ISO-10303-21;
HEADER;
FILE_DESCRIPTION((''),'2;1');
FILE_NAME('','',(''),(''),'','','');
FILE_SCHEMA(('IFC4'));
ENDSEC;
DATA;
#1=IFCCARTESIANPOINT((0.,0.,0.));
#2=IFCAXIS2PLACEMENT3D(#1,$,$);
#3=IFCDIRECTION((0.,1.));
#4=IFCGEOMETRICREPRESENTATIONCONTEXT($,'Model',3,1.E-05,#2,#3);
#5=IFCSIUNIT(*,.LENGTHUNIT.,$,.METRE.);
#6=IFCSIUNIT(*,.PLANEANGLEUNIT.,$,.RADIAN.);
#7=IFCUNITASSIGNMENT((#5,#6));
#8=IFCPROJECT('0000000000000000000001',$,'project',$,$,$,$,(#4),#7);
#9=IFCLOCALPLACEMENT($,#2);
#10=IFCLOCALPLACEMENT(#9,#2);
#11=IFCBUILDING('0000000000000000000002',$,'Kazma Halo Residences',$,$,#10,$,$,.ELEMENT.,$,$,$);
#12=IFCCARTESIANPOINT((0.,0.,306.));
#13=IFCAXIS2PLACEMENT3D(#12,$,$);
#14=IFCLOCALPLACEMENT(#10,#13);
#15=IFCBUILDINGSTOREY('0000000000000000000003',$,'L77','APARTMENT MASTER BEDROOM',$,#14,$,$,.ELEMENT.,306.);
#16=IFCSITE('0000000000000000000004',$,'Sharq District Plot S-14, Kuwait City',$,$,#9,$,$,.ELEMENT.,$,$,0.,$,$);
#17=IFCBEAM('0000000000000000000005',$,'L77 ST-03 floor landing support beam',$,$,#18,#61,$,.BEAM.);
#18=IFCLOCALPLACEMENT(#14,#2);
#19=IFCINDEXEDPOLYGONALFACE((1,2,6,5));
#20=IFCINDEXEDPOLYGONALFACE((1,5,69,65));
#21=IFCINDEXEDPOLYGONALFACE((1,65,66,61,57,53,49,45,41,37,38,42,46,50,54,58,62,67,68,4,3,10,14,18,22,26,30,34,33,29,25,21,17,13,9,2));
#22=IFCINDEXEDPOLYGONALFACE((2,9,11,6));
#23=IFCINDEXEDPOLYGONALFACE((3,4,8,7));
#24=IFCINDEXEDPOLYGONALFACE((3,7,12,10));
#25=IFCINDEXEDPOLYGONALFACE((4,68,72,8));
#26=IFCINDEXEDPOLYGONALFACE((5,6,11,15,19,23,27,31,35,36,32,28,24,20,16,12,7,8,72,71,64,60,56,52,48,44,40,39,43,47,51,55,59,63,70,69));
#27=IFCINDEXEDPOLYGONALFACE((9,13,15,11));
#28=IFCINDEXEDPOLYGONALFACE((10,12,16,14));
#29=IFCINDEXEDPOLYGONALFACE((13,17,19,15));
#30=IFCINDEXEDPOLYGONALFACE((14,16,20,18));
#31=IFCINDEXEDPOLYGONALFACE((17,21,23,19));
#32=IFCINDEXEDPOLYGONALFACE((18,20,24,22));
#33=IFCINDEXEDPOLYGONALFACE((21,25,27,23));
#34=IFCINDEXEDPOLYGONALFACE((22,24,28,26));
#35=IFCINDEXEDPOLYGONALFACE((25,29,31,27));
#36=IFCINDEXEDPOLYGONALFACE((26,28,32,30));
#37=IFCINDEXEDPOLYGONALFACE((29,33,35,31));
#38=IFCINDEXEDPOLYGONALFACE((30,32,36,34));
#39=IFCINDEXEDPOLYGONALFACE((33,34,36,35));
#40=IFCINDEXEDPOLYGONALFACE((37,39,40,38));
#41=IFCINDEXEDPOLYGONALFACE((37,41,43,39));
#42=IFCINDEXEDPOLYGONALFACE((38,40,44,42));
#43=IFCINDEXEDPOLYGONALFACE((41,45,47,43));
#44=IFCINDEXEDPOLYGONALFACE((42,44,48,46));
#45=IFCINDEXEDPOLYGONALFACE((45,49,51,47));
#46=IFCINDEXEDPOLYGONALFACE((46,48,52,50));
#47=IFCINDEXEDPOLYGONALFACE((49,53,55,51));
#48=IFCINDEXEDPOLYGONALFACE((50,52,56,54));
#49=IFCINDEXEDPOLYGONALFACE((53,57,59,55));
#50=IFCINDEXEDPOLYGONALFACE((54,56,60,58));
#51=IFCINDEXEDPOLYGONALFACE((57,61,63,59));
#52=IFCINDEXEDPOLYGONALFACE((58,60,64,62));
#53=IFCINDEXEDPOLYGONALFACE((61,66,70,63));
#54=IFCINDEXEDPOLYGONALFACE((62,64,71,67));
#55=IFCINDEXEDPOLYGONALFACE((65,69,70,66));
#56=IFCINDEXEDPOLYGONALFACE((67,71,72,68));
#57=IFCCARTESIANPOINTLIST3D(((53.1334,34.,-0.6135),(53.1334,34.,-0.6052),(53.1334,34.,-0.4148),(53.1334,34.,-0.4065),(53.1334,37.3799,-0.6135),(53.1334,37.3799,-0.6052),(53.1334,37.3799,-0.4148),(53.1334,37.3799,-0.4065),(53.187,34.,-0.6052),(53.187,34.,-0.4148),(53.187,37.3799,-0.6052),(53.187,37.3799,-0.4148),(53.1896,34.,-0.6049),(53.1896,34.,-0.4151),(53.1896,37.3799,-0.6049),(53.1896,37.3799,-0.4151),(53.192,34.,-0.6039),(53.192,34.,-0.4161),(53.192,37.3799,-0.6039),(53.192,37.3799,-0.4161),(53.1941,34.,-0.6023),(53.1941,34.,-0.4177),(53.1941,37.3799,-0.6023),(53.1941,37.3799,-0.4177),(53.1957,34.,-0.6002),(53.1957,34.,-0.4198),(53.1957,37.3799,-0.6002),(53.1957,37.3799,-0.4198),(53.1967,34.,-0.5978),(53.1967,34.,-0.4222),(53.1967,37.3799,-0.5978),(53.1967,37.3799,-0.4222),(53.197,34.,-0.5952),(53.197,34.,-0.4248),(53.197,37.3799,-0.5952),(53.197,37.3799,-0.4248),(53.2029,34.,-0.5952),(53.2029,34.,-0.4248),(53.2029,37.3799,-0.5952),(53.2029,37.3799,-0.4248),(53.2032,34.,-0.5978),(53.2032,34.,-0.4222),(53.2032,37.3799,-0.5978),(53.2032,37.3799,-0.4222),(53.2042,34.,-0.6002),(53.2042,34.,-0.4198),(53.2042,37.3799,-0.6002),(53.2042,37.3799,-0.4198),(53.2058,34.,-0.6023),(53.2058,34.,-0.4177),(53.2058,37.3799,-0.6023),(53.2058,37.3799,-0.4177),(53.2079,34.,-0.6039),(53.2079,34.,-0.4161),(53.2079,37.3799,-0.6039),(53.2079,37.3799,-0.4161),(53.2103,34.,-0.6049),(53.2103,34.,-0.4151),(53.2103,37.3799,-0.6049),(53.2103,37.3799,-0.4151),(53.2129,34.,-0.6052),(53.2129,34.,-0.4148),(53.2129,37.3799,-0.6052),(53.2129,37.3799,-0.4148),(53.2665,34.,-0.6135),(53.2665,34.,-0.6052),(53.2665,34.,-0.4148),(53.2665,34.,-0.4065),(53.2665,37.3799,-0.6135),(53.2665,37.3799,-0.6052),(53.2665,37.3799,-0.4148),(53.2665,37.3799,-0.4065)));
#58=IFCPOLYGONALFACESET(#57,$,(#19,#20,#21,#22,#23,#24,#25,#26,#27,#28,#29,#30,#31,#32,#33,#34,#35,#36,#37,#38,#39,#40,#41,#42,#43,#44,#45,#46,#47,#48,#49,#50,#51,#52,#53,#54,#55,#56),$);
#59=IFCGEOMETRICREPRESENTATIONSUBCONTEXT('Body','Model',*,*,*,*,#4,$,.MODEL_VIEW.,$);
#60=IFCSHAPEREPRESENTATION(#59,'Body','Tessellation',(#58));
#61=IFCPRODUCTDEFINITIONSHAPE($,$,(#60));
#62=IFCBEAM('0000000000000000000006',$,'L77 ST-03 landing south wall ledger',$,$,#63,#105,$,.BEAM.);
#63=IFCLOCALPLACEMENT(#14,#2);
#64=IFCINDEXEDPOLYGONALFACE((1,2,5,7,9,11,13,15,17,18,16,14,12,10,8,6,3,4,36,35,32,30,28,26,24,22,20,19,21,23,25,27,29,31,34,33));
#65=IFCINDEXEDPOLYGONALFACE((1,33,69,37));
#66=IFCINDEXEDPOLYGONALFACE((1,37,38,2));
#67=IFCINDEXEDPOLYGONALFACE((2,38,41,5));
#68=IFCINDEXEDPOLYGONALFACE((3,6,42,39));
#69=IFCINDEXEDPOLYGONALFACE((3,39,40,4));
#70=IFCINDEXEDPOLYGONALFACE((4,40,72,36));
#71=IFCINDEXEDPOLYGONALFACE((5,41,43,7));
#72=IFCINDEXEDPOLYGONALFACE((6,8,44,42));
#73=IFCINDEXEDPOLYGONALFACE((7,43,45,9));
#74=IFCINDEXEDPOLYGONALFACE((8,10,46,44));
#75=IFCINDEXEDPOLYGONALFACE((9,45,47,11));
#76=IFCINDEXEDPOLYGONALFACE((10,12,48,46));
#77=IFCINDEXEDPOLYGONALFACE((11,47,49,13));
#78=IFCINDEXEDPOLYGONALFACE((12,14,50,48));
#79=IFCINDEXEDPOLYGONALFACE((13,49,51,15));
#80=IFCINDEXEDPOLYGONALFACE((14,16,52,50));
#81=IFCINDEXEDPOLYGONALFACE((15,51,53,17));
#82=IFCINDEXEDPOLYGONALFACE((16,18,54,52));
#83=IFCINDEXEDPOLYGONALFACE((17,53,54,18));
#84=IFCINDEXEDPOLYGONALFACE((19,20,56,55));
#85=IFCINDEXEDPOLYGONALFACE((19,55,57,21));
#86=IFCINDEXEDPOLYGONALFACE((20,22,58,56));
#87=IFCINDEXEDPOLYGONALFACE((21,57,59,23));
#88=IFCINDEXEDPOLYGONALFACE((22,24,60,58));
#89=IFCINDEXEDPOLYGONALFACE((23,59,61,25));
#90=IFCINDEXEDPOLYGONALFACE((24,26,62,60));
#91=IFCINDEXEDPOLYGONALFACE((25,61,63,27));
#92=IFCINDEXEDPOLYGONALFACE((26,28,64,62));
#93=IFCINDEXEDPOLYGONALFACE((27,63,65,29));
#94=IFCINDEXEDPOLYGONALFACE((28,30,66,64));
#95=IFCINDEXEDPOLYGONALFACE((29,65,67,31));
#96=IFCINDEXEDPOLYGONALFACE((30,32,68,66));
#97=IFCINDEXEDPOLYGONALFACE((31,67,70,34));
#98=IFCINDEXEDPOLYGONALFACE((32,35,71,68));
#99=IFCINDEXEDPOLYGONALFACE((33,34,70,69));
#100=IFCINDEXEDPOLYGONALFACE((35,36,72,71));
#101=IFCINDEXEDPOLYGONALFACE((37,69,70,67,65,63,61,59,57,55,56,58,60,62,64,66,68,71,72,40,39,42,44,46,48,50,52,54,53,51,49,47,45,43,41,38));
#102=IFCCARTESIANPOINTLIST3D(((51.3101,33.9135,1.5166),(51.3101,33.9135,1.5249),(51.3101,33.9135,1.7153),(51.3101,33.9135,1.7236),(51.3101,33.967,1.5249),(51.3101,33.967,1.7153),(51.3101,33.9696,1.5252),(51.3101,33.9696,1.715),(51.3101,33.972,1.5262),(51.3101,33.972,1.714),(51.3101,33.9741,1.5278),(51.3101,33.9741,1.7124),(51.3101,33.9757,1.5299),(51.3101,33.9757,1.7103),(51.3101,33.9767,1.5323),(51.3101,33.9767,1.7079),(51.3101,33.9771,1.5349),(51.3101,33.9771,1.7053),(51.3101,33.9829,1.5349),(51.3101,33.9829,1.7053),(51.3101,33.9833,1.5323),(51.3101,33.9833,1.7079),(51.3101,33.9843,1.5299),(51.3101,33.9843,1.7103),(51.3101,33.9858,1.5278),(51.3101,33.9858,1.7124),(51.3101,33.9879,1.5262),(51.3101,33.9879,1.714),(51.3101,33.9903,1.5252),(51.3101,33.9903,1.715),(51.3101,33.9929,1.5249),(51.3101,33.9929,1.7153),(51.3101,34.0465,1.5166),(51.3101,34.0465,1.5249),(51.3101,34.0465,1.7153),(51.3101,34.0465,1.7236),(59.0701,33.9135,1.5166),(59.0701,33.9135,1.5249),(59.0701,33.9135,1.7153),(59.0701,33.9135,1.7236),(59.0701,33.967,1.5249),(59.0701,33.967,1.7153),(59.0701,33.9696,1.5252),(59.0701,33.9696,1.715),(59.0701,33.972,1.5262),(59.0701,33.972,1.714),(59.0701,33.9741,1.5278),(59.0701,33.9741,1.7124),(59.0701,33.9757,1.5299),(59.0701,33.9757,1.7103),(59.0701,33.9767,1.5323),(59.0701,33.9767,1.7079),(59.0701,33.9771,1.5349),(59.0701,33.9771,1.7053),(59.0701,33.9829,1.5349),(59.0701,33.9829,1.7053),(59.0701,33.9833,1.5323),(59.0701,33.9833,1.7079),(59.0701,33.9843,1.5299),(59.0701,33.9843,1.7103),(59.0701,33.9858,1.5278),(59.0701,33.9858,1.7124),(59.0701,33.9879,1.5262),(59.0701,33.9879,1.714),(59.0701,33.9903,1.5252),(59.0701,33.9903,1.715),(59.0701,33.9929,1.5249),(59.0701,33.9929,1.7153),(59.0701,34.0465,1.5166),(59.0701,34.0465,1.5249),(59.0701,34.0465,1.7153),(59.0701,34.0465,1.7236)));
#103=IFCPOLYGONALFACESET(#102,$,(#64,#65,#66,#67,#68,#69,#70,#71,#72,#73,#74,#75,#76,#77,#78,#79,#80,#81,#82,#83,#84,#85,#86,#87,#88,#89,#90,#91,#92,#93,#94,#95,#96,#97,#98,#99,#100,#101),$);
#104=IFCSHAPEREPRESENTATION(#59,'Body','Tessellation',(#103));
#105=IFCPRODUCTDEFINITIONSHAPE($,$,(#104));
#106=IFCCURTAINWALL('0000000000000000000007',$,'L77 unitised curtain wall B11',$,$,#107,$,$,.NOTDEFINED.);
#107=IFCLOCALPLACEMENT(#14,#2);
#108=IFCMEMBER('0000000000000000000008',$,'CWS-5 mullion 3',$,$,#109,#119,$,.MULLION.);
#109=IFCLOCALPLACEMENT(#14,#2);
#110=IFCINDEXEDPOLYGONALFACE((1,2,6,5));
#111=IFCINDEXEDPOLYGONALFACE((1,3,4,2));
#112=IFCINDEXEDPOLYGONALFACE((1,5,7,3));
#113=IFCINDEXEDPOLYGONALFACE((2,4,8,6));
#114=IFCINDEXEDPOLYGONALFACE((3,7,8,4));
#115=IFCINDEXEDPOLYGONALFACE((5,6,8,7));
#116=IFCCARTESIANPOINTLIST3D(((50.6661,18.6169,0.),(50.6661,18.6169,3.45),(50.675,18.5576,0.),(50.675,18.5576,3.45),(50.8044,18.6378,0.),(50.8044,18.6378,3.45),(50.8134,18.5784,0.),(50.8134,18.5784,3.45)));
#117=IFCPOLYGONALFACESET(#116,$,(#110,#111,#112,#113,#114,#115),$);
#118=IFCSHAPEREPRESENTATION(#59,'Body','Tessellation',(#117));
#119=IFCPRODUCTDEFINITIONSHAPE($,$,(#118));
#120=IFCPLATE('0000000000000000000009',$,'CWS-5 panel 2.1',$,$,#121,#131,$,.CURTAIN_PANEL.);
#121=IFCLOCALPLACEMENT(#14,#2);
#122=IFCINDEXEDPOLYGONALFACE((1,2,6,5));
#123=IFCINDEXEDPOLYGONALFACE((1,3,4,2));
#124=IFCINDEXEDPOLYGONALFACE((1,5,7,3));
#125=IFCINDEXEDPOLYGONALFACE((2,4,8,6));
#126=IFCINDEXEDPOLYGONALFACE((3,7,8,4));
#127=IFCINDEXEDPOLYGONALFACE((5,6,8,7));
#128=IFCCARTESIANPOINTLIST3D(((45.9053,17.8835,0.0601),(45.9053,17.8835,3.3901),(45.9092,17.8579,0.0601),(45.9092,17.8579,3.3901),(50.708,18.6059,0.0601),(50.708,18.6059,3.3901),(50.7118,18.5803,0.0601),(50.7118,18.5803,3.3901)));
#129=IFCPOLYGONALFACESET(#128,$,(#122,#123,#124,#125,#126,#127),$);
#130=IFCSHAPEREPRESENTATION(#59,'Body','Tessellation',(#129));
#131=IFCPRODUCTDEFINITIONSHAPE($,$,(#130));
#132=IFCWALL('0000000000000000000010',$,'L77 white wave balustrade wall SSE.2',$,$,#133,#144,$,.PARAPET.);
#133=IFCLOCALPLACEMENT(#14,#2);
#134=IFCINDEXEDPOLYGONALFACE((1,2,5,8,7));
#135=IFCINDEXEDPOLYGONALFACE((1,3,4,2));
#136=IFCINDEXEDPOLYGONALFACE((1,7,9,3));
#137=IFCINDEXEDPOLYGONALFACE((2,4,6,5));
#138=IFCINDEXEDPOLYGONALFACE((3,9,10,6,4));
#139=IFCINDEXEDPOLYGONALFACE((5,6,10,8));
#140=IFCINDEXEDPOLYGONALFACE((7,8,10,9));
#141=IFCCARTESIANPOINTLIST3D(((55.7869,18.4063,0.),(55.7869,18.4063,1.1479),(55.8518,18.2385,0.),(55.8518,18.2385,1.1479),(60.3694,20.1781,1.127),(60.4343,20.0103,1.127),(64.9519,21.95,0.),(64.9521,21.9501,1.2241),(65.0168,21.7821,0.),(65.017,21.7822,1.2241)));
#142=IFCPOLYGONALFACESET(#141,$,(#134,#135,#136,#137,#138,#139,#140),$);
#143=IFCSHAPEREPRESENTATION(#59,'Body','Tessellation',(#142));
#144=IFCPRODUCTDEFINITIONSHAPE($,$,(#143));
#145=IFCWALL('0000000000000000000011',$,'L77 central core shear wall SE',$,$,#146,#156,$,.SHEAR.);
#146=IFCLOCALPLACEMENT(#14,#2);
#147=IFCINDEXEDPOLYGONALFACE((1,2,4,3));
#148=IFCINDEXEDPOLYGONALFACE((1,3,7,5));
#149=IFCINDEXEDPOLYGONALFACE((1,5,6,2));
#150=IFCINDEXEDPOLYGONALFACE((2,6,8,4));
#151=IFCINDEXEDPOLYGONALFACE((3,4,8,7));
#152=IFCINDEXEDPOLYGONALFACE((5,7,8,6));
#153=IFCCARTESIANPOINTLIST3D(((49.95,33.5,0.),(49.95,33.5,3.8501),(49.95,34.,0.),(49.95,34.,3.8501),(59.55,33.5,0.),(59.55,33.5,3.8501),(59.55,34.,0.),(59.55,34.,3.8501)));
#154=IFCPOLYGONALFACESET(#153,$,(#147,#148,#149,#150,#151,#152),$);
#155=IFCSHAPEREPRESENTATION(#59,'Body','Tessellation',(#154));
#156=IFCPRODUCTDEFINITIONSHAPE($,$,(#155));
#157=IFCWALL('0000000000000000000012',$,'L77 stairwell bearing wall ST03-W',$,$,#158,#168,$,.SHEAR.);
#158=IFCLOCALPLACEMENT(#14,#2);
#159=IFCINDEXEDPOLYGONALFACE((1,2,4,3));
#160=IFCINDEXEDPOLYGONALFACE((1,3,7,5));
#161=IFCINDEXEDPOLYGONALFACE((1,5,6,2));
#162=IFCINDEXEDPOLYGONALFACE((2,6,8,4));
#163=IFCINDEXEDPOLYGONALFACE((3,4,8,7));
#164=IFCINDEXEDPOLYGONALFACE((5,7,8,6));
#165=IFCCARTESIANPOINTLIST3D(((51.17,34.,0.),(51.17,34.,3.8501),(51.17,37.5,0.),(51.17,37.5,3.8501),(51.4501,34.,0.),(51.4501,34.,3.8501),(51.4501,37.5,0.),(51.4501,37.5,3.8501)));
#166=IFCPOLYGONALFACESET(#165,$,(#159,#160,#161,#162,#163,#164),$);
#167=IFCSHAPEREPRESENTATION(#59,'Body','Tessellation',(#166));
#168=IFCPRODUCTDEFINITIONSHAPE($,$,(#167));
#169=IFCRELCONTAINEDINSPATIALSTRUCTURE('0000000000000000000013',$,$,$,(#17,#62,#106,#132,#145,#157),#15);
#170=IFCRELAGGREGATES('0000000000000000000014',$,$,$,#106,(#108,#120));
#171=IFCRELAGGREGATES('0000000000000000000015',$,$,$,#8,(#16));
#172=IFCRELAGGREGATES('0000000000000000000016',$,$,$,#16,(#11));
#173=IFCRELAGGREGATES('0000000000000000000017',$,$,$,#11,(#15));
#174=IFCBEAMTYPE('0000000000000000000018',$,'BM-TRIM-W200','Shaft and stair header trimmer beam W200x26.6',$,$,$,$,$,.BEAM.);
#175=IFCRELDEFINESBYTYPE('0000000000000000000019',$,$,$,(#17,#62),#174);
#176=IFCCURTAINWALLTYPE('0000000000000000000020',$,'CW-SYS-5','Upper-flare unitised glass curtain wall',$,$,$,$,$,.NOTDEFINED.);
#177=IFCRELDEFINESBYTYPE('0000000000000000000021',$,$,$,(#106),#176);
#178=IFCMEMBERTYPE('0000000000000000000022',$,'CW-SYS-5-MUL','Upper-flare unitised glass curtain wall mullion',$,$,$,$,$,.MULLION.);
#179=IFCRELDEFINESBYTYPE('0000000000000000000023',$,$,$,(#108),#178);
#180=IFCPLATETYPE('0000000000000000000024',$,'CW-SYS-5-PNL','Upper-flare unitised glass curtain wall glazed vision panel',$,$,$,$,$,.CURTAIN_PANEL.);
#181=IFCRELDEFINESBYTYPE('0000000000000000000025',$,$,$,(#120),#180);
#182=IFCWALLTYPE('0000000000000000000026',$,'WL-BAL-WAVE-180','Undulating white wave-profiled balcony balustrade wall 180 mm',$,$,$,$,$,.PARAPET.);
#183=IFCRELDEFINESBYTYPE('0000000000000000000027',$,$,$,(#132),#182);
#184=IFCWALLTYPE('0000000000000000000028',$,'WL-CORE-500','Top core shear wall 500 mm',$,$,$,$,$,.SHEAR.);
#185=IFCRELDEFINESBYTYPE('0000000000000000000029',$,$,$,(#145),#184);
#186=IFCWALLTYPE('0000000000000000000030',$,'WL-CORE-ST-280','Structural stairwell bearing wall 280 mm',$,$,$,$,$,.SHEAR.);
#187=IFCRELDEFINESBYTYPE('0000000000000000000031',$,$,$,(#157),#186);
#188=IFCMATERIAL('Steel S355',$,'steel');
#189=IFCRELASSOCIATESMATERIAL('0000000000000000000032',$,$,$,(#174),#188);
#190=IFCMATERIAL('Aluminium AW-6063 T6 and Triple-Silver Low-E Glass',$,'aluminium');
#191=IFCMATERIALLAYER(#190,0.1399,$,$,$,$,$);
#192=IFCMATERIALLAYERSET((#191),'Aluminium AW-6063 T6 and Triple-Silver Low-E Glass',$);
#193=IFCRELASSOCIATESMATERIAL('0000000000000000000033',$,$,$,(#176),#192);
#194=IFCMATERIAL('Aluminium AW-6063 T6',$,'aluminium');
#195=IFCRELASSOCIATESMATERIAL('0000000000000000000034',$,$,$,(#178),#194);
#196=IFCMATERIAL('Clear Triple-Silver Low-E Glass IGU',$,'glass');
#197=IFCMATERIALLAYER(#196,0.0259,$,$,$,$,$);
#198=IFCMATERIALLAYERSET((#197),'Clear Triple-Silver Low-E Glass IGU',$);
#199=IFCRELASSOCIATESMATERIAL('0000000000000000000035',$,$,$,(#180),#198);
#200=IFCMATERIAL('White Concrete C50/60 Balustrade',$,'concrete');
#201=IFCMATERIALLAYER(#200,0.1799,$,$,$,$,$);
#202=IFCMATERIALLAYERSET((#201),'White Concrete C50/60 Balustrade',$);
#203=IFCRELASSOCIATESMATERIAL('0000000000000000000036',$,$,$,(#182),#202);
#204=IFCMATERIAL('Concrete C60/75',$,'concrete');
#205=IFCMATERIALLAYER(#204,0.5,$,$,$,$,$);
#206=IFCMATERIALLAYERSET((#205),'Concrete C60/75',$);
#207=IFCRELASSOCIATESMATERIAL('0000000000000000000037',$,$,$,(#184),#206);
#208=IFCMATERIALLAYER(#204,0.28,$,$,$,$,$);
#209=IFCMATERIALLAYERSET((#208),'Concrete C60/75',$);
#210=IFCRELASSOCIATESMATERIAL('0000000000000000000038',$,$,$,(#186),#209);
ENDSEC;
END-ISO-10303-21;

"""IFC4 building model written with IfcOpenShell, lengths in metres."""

from ifc_helpers import new_model, si_unit, direction, frame, frame_2d, origin, origin_2d, place, context, subcontext, project, spatial, polyline, rectangle, i_section, outline, extrude, material, layer, layer_set, material_profile, profile_set, type_object, element, aggregate, save


model = new_model("IFC4")

# Units and contexts
model_context = context("Model", 3, precision=1e-05, world=origin(), true_north=direction((0.0, 1.0)))
body_context = subcontext(model_context, "Body", "Model", "MODEL_VIEW")
ifc_project = project(units=[si_unit("LENGTHUNIT", "METRE"), si_unit("PLANEANGLEUNIT", "RADIAN")], contexts=[model_context])

# Site, building, storey
site_placement = place(None, origin())
site = spatial("IfcSite", under=ifc_project, at=site_placement, Name="Sharq District Plot S-14, Kuwait City", CompositionType="ELEMENT", RefElevation=0.0)
building_placement = place(site_placement, origin())
building = spatial("IfcBuilding", under=site, at=building_placement, Name="Kazma Halo Residences", CompositionType="ELEMENT")
storey_placement = place(building_placement, frame((0.0, 0.0, 306.0)))
storey = spatial("IfcBuildingStorey", under=building, at=storey_placement, Name="L77", Description="APARTMENT MASTER BEDROOM", CompositionType="ELEMENT", Elevation=306.0)

# Shared definitions
ifc_material_1 = material(Name="Concrete C60/75", Category="concrete")

# Beams
ifc_material_2 = material(Name="Steel S355", Category="steel")
ifc_material_profile_1 = material_profile(ifc_material_2, i_section(OverallWidth=0.1331, OverallDepth=0.207, WebThickness=0.0059, FlangeThickness=0.0083, FilletRadius=0.01, at=origin_2d()), Name="W200x26.6")
ifc_profile_set_1 = profile_set([ifc_material_profile_1], Name="Steel S355")
beam_type_1 = type_object("IfcBeamType", Name="BM-TRIM-W200", Description="Shaft and stair header trimmer beam W200x26.6", PredefinedType="BEAM", material=ifc_profile_set_1)
beam_1_placement = place(storey_placement, frame((53.2, 34.0, -0.51), z_axis=(0.0, 1.0, 0.0), x_axis=(-1.0, 0.0, 0.0)))
element("IfcBeam", 1, at=beam_1_placement, inside=storey, type_object=beam_type_1, Name="L77 ST-03 floor landing support beam", PredefinedType="BEAM", context=body_context, shape_type="SweptSolid", body=[
    extrude(i_section(OverallWidth=0.1331, OverallDepth=0.207, WebThickness=0.0059, FlangeThickness=0.0083, FilletRadius=0.01, at=origin_2d()), origin(), (0.0, 0.0, 1.0), 3.3799),
])
beam_2_placement = place(storey_placement, frame((51.3101, 33.98, 1.6201), z_axis=(1.0, 0.0, 0.0), x_axis=(0.0, 1.0, 0.0)))
element("IfcBeam", 2, at=beam_2_placement, inside=storey, type_object=beam_type_1, Name="L77 ST-03 landing south wall ledger", PredefinedType="BEAM", context=body_context, shape_type="SweptSolid", body=[
    extrude(i_section(OverallWidth=0.1331, OverallDepth=0.207, WebThickness=0.0059, FlangeThickness=0.0083, FilletRadius=0.01, at=origin_2d()), origin(), (0.0, 0.0, 1.0), 7.76),
])

# Curtain wall, member, plate
ifc_material_3 = material(Name="Aluminium AW-6063 T6 and Triple-Silver Low-E Glass", Category="aluminium")
ifc_layer_1 = layer(ifc_material_3, 0.1399)
ifc_layer_set_1 = layer_set([ifc_layer_1], Name="Aluminium AW-6063 T6 and Triple-Silver Low-E Glass")
curtain_wall_type = type_object("IfcCurtainWallType", Name="CW-SYS-5", Description="Upper-flare unitised glass curtain wall", PredefinedType="NOTDEFINED", material=ifc_layer_set_1)
curtain_wall_placement = place(storey_placement, origin())
curtain_wall = element("IfcCurtainWall", 3, at=curtain_wall_placement, inside=storey, type_object=curtain_wall_type, Name="L77 unitised curtain wall B11", PredefinedType="NOTDEFINED")
ifc_material_4 = material(Name="Aluminium AW-6063 T6", Category="aluminium")
ifc_material_profile_2 = material_profile(ifc_material_4, rectangle(XDim=0.0601, YDim=0.1399, at=origin_2d()), Name="CWM-60x140")
ifc_profile_set_2 = profile_set([ifc_material_profile_2], Name="Aluminium AW-6063 T6")
member_type = type_object("IfcMemberType", Name="CW-SYS-5-MUL", Description="Upper-flare unitised glass curtain wall mullion", PredefinedType="MULLION", material=ifc_profile_set_2)
member_placement = place(storey_placement, frame((50.7397, 18.5977, 0.0), z_axis=(0.0, 0.0, 1.0), x_axis=(-0.148748, 0.988875, 0.0)))
member = element("IfcMember", 4, at=member_placement, type_object=member_type, Name="CWS-5 mullion 3", PredefinedType="MULLION", context=body_context, shape_type="SweptSolid", body=[
    extrude(rectangle(XDim=0.0601, YDim=0.1399, at=origin_2d()), origin(), (0.0, 0.0, 1.0), 3.45),
])
ifc_material_5 = material(Name="Clear Triple-Silver Low-E Glass IGU", Category="glass")
ifc_layer_2 = layer(ifc_material_5, 0.0259)
ifc_layer_set_2 = layer_set([ifc_layer_2], Name="Clear Triple-Silver Low-E Glass IGU")
plate_type = type_object("IfcPlateType", Name="CW-SYS-5-PNL", Description="Upper-flare unitised glass curtain wall glazed vision panel", PredefinedType="CURTAIN_PANEL", material=ifc_layer_set_2)
plate_placement = place(storey_placement, frame((48.3086, 18.2319, 0.0601), z_axis=(0.0, 0.0, 1.0), x_axis=(0.988875, 0.148748, 0.0)))
plate = element("IfcPlate", 5, at=plate_placement, type_object=plate_type, Name="CWS-5 panel 2.1", PredefinedType="CURTAIN_PANEL", context=body_context, shape_type="SweptSolid", body=[
    extrude(rectangle(XDim=4.8567, YDim=0.0259, at=origin_2d()), origin(), (0.0, 0.0, 1.0), 3.3301),
])
aggregate(curtain_wall, [member, plate])

# Walls
ifc_material_6 = material(Name="White Concrete C50/60 Balustrade", Category="concrete")
ifc_layer_3 = layer(ifc_material_6, 0.1799)
ifc_layer_set_3 = layer_set([ifc_layer_3], Name="White Concrete C50/60 Balustrade")
wall_type_1 = type_object("IfcWallType", Name="WL-BAL-WAVE-180", Description="Undulating white wave-profiled balcony balustrade wall 180 mm", PredefinedType="PARAPET", material=ifc_layer_set_3)
wall_1_placement = place(storey_placement, frame((55.8193, 18.3225, 0.0), z_axis=(0.0, 0.0, 1.0), x_axis=(0.932707, 0.360635, 0.0)))
element("IfcWall", 6, at=wall_1_placement, inside=storey, type_object=wall_type_1, Name="L77 white wave balustrade wall SSE.2", PredefinedType="PARAPET", context=body_context, shape_type="SweptSolid", body=[
    extrude(outline(polyline([(0.0, 0.0), (9.8262, 0.0), (9.8264, 1.2241), (4.9131, 1.127), (0.0, 1.1479), (0.0, 0.0)])), frame((0.0, 0.0898, 0.0), z_axis=(0.0, -1.0, 0.0), x_axis=(1.0, 0.0, 0.0)), (0.0, 0.0, 1.0), 0.1799),
])
ifc_layer_4 = layer(ifc_material_1, 0.5)
ifc_layer_set_4 = layer_set([ifc_layer_4], Name="Concrete C60/75")
wall_type_2 = type_object("IfcWallType", Name="WL-CORE-500", Description="Top core shear wall 500 mm", PredefinedType="SHEAR", material=ifc_layer_set_4)
wall_2_placement = place(storey_placement, frame((49.95, 33.75, 0.0), z_axis=(0.0, 0.0, 1.0), x_axis=(1.0, 0.0, 0.0)))
element("IfcWall", 7, at=wall_2_placement, inside=storey, type_object=wall_type_2, Name="L77 central core shear wall SE", PredefinedType="SHEAR", context=body_context, shape_type="SweptSolid", body=[
    extrude(rectangle(XDim=9.6001, YDim=0.5, at=frame_2d((4.8, 0.0))), origin(), (0.0, 0.0, 1.0), 3.8501),
])
ifc_layer_5 = layer(ifc_material_1, 0.28)
ifc_layer_set_5 = layer_set([ifc_layer_5], Name="Concrete C60/75")
wall_type_3 = type_object("IfcWallType", Name="WL-CORE-ST-280", Description="Structural stairwell bearing wall 280 mm", PredefinedType="SHEAR", material=ifc_layer_set_5)
wall_3_placement = place(storey_placement, frame((51.3101, 34.0, 0.0), z_axis=(0.0, 0.0, 1.0), x_axis=(0.0, 1.0, 0.0)))
element("IfcWall", 8, at=wall_3_placement, inside=storey, type_object=wall_type_3, Name="L77 stairwell bearing wall ST03-W", PredefinedType="SHEAR", context=body_context, shape_type="SweptSolid", body=[
    extrude(rectangle(XDim=3.5, YDim=0.28, at=frame_2d((1.75, 0.0))), origin(), (0.0, 0.0, 1.0), 3.8501),
])

save(model, "model.ifc")
